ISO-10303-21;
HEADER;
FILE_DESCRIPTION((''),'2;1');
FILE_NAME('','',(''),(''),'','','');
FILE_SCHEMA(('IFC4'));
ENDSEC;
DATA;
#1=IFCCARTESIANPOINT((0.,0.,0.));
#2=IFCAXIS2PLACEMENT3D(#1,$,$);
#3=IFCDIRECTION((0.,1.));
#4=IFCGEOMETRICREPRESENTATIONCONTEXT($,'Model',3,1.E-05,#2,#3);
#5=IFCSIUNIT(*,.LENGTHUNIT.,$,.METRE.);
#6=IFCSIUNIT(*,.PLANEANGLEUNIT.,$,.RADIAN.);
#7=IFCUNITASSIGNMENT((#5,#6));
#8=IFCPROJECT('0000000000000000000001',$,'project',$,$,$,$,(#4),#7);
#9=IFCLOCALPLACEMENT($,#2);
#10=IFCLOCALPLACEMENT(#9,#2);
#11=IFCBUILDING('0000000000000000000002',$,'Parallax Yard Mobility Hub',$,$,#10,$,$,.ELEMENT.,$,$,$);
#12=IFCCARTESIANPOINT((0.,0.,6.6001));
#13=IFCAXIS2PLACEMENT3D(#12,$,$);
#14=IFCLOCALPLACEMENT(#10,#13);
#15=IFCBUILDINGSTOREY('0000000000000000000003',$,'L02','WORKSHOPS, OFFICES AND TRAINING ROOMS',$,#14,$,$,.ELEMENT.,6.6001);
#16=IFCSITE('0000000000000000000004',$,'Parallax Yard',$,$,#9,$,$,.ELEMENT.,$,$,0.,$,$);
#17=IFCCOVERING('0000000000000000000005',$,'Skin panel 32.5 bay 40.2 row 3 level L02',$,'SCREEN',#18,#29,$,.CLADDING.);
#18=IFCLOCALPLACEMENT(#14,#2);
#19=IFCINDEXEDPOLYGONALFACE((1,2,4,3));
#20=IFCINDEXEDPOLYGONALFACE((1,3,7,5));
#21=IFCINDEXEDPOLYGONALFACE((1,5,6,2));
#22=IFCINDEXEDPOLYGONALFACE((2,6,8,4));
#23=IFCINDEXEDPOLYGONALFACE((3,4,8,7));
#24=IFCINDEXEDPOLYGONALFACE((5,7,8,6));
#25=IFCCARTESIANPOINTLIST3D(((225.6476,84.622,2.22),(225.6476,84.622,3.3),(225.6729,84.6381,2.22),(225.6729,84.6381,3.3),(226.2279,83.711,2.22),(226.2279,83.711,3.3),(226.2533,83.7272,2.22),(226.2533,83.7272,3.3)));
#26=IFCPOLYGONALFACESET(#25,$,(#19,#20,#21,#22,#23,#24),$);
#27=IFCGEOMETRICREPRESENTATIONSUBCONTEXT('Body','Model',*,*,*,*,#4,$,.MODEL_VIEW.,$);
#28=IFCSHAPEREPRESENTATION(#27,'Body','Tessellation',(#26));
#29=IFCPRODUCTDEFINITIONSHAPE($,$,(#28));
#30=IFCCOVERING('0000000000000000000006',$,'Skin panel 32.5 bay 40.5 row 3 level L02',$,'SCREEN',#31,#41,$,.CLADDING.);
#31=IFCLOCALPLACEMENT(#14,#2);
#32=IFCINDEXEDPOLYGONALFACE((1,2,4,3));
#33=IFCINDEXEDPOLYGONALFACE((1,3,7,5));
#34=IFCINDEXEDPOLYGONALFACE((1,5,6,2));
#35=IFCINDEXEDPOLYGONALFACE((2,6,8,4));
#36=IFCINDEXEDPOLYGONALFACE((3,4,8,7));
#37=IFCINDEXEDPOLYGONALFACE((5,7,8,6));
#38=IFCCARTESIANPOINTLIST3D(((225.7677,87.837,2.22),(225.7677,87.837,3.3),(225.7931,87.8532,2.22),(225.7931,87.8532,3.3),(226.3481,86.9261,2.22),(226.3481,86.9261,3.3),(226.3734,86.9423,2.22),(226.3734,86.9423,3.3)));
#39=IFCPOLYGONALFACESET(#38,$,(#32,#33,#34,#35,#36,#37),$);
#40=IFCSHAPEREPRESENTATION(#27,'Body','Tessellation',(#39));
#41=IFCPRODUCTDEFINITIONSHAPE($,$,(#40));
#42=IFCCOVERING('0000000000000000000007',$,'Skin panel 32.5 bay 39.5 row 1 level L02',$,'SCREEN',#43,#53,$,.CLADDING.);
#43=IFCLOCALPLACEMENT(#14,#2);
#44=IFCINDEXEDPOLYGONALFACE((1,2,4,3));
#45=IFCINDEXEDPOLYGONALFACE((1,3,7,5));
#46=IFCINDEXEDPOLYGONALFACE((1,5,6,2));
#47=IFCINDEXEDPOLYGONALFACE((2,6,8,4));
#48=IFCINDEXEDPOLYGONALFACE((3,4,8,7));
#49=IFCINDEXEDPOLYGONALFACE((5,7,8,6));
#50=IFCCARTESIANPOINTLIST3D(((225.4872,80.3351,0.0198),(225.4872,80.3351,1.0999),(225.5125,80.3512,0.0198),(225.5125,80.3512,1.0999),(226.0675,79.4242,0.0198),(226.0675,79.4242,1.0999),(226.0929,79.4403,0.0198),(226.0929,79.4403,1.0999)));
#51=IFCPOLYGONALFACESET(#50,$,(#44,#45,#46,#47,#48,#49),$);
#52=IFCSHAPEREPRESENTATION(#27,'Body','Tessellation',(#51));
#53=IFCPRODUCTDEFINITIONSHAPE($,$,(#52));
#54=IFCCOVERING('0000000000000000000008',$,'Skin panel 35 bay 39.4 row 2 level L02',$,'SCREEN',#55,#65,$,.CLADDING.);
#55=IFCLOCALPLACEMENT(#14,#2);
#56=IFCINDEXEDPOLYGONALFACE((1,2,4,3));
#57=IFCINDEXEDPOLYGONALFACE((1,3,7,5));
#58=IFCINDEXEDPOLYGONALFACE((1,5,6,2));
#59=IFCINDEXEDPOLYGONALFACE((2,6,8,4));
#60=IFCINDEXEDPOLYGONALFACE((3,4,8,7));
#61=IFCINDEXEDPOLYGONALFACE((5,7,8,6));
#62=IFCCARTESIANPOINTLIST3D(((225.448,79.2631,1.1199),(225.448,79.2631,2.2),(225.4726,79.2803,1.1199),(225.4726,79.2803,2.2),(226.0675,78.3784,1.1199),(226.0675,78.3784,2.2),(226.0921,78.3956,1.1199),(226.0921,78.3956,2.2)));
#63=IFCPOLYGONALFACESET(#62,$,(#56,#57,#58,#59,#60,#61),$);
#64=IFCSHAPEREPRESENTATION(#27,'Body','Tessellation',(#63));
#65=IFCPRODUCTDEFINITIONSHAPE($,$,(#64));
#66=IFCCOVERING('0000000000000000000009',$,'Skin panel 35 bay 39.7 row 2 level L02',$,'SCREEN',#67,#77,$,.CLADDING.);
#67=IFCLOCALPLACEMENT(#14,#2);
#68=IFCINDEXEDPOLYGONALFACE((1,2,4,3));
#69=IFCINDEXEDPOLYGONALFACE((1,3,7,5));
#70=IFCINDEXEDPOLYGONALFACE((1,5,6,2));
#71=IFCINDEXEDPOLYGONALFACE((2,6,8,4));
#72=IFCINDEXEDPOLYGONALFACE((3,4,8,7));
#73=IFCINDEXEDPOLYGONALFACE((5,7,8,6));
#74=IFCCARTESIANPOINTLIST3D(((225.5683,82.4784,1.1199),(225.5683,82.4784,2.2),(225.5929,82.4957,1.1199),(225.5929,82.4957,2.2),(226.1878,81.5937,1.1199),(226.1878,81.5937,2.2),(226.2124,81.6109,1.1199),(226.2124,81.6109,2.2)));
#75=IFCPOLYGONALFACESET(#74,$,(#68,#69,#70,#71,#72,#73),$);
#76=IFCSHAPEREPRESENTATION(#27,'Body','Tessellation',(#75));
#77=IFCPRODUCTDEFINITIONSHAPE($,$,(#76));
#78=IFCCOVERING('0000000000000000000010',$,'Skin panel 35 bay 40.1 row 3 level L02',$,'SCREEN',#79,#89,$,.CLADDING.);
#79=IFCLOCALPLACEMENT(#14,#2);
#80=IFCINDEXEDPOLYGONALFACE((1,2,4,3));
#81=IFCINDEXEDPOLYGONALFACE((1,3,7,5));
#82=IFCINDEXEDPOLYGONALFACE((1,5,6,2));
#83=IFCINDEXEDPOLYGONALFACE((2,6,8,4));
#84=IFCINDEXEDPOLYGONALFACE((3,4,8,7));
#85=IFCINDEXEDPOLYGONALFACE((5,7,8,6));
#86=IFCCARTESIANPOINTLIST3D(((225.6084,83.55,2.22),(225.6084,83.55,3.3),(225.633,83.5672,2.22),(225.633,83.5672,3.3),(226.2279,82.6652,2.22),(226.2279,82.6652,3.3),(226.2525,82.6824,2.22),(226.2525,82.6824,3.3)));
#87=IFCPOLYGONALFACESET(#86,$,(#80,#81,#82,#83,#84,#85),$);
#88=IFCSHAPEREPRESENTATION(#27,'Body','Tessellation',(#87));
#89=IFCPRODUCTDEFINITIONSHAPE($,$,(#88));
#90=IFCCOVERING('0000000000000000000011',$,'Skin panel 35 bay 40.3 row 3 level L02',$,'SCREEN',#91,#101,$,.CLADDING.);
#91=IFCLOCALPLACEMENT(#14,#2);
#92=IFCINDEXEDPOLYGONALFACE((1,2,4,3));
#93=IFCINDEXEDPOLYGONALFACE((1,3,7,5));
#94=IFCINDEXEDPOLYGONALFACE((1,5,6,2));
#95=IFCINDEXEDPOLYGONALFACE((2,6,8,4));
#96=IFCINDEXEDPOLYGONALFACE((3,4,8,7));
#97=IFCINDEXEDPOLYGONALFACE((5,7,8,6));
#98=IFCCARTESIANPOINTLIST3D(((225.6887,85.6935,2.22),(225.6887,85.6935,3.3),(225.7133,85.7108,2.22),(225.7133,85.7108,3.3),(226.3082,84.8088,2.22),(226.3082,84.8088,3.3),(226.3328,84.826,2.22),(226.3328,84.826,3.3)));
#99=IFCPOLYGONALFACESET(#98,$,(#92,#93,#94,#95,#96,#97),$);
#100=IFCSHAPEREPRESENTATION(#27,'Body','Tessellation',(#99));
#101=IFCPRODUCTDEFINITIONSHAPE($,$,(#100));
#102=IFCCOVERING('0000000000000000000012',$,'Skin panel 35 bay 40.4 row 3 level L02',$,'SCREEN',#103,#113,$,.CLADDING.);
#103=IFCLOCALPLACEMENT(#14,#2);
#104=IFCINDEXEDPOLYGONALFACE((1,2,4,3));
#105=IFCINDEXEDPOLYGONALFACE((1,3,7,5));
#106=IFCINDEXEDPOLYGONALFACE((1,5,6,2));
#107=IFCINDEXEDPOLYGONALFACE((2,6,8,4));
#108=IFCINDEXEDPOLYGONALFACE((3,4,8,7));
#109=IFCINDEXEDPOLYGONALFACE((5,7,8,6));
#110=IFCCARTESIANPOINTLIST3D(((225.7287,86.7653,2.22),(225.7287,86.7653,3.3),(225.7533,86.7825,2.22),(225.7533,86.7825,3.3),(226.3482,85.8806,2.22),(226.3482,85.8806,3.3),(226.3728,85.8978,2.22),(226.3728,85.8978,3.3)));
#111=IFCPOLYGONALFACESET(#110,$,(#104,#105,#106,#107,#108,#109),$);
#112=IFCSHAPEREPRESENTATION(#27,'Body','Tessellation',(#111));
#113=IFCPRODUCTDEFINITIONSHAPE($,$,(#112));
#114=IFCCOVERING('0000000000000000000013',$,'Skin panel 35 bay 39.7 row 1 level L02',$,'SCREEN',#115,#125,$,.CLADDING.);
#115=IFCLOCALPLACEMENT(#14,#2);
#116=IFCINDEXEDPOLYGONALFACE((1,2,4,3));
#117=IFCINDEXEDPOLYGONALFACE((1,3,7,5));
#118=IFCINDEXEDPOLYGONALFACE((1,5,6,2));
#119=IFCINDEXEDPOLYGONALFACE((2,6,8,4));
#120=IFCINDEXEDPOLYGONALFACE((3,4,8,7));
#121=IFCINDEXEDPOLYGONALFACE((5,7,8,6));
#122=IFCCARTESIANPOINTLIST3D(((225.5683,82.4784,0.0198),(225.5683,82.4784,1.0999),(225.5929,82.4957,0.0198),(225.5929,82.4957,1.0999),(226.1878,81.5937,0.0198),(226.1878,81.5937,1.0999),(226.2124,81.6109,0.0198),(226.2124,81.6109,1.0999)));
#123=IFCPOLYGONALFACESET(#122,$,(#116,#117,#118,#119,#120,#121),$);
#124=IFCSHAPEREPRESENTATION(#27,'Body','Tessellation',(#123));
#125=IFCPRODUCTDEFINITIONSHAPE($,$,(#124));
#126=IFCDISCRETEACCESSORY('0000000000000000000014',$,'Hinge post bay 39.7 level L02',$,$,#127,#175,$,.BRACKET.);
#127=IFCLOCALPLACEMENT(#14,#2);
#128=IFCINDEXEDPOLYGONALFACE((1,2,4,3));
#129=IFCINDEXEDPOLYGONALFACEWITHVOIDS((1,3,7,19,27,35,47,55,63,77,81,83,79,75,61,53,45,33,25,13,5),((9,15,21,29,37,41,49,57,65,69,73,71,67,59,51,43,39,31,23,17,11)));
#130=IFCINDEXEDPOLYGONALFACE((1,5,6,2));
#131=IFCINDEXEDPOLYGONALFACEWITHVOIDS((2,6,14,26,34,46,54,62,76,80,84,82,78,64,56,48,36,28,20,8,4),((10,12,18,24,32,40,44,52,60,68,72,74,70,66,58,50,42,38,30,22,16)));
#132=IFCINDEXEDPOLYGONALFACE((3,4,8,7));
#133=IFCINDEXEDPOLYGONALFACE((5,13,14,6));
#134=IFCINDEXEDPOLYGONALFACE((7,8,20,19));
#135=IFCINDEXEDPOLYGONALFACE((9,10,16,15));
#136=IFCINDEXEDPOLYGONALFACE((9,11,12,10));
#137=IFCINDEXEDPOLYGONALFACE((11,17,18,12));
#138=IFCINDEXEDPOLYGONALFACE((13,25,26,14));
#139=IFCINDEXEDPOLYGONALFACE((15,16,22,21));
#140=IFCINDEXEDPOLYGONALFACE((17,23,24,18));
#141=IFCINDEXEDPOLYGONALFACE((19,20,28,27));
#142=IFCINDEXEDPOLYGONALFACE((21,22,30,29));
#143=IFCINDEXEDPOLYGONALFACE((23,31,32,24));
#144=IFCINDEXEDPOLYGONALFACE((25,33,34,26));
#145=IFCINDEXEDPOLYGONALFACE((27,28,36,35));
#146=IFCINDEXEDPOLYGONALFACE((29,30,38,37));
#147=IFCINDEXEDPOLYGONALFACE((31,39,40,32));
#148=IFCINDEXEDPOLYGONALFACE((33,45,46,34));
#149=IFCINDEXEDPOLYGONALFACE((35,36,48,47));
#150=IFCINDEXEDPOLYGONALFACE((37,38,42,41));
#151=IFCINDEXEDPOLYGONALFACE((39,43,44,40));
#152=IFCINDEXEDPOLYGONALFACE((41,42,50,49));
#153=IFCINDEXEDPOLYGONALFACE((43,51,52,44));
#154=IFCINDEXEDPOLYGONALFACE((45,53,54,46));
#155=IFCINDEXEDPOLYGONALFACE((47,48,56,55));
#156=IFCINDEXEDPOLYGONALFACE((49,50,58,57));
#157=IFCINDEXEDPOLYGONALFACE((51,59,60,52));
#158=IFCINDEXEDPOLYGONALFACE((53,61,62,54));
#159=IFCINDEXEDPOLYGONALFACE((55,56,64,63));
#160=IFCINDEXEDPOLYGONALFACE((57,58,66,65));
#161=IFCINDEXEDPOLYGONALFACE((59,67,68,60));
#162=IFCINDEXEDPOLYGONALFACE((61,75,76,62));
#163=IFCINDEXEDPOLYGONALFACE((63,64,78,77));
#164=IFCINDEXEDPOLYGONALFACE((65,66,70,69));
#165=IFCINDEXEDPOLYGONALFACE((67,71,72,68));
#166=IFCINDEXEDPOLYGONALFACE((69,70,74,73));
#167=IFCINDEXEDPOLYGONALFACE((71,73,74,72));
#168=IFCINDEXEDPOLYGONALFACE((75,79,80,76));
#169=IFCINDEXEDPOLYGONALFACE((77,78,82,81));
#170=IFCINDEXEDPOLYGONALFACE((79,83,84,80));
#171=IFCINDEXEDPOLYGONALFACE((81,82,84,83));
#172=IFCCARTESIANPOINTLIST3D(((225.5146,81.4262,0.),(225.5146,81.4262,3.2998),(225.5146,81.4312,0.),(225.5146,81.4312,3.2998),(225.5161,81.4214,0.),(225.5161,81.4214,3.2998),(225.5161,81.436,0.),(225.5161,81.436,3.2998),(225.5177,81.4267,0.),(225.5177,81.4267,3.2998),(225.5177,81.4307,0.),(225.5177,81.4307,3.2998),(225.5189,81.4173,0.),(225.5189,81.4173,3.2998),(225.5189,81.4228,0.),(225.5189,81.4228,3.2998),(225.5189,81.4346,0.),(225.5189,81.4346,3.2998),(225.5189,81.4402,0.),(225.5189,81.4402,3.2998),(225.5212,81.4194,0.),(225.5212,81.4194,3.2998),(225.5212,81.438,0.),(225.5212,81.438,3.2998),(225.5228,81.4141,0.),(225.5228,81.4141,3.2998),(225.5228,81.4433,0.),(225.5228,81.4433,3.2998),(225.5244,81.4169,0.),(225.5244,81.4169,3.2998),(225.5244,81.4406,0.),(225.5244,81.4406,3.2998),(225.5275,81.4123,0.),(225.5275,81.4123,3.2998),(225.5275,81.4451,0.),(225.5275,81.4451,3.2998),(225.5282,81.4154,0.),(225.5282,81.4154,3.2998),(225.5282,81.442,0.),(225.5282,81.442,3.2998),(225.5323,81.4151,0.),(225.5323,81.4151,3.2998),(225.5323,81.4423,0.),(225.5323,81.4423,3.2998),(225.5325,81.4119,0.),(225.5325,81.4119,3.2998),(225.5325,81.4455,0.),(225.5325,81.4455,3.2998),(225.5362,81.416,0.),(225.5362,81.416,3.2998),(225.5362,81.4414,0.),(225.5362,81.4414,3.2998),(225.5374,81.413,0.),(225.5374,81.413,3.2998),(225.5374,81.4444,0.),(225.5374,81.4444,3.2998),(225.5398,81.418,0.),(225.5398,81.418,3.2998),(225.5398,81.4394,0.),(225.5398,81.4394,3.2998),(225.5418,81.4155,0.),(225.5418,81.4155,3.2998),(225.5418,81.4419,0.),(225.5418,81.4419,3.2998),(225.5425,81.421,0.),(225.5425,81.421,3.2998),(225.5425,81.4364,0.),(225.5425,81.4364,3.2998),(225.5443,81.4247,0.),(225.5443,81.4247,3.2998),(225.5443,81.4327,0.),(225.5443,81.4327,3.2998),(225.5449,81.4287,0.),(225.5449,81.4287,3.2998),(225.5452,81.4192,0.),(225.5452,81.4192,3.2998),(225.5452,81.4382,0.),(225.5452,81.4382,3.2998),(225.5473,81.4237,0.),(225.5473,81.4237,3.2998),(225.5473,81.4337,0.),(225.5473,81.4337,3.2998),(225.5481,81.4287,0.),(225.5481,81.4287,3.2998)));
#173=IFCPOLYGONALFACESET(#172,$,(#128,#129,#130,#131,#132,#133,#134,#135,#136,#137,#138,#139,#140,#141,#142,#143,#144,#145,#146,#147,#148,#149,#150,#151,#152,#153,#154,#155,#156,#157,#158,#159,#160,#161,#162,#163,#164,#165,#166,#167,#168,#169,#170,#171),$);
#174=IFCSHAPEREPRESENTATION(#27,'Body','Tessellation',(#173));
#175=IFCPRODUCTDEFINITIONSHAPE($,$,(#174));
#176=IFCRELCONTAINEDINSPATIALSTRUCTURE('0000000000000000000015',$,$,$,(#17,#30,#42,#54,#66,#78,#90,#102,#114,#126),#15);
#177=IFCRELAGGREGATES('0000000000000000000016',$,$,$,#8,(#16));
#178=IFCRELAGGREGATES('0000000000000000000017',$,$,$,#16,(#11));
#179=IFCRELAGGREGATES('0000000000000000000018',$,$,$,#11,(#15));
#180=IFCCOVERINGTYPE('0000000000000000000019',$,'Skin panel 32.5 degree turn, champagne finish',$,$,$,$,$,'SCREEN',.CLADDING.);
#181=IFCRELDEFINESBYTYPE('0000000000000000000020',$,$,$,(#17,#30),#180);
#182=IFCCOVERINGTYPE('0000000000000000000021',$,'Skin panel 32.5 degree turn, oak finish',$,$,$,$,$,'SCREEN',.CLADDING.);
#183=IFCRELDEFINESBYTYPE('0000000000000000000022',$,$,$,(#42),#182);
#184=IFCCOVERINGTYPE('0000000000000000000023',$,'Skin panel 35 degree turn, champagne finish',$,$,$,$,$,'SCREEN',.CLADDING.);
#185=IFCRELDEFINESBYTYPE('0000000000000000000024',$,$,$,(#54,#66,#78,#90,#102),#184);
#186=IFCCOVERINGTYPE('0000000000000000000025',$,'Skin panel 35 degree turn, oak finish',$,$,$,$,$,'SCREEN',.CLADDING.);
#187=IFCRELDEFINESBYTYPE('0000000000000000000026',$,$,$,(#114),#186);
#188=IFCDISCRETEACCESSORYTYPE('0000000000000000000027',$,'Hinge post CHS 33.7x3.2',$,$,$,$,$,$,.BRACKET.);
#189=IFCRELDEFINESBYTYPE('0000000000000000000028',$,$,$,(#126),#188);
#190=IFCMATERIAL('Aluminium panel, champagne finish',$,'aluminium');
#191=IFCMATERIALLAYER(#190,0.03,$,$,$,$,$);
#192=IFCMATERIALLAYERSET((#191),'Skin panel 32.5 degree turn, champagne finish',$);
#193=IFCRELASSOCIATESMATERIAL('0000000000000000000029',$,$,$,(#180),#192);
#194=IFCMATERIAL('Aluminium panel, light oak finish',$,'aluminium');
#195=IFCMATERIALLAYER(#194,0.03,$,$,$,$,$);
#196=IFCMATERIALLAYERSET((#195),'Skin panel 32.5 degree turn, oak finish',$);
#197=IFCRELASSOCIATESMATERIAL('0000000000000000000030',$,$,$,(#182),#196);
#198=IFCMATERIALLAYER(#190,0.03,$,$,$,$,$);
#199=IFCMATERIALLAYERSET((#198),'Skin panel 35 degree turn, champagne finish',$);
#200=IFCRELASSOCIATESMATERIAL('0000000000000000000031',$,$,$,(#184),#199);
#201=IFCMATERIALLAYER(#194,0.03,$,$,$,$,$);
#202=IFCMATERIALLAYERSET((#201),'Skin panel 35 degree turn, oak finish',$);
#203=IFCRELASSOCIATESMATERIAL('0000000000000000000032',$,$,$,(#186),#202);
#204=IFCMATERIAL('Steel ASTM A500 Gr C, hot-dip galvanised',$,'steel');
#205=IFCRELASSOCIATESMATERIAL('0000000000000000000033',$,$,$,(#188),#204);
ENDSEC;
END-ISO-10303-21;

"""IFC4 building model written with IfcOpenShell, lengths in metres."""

from ifc_helpers import new_model, si_unit, direction, frame, origin, origin_2d, place, context, subcontext, project, spatial, rectangle, hollow_circle, extrude, material, layer, layer_set, material_profile, profile_set, type_object, element, save


model = new_model("IFC4")

# Units and contexts
model_context = context("Model", 3, precision=1e-05, world=origin(), true_north=direction((0.0, 1.0)))
body_context = subcontext(model_context, "Body", "Model", "MODEL_VIEW")
ifc_project = project(units=[si_unit("LENGTHUNIT", "METRE"), si_unit("PLANEANGLEUNIT", "RADIAN")], contexts=[model_context])

# Site, building, storey
site_placement = place(None, origin())
site = spatial("IfcSite", under=ifc_project, at=site_placement, Name="Parallax Yard", CompositionType="ELEMENT", RefElevation=0.0)
building_placement = place(site_placement, origin())
building = spatial("IfcBuilding", under=site, at=building_placement, Name="Parallax Yard Mobility Hub", CompositionType="ELEMENT")
storey_placement = place(building_placement, frame((0.0, 0.0, 6.6001)))
storey = spatial("IfcBuildingStorey", under=building, at=storey_placement, Name="L02", Description="WORKSHOPS, OFFICES AND TRAINING ROOMS", CompositionType="ELEMENT", Elevation=6.6001)

# Coverings
ifc_material_1 = material(Name="Aluminium panel, champagne finish", Category="aluminium")
ifc_material_2 = material(Name="Aluminium panel, light oak finish", Category="aluminium")
ifc_layer_1 = layer(ifc_material_1, 0.03)
ifc_layer_set_1 = layer_set([ifc_layer_1], Name="Skin panel 32.5 degree turn, champagne finish")
covering_type_1 = type_object("IfcCoveringType", Name="Skin panel 32.5 degree turn, champagne finish", ElementType="SCREEN", PredefinedType="CLADDING", material=ifc_layer_set_1)
for number, where, z_axis, x_axis, name in (
    (1, (225.9504, 84.1746, 2.22), (0.0, 0.0, 1.0), (0.5373, -0.843391, 0.0), "Skin panel 32.5 bay 40.2 row 3 level L02"),
    (2, (226.0706, 87.3896, 2.22), (0.0, 0.0, 1.0), (0.5373, -0.843391, 0.0), "Skin panel 32.5 bay 40.5 row 3 level L02"),
):
    element("IfcCovering", number, at=place(storey_placement, frame(where, z_axis=z_axis, x_axis=x_axis)), inside=storey, type_object=covering_type_1, Name=name, ObjectType="SCREEN", PredefinedType="CLADDING", context=body_context, shape_type="SweptSolid", body=[
        extrude(rectangle(XDim=1.0801, YDim=0.03, at=origin_2d()), origin(), (0.0, 0.0, 1.0), 1.0801),
    ])
ifc_layer_2 = layer(ifc_material_2, 0.03)
ifc_layer_set_2 = layer_set([ifc_layer_2], Name="Skin panel 32.5 degree turn, oak finish")
covering_type_2 = type_object("IfcCoveringType", Name="Skin panel 32.5 degree turn, oak finish", ElementType="SCREEN", PredefinedType="CLADDING", material=ifc_layer_set_2)
covering_1_placement = place(storey_placement, frame((225.79, 79.8877, 0.0198), z_axis=(0.0, 0.0, 1.0), x_axis=(0.5373, -0.843391, 0.0)))
element("IfcCovering", 3, at=covering_1_placement, inside=storey, type_object=covering_type_2, Name="Skin panel 32.5 bay 39.5 row 1 level L02", ObjectType="SCREEN", PredefinedType="CLADDING", context=body_context, shape_type="SweptSolid", body=[
    extrude(rectangle(XDim=1.0801, YDim=0.03, at=origin_2d()), origin(), (0.0, 0.0, 1.0), 1.0801),
])
ifc_layer_3 = layer(ifc_material_1, 0.03)
ifc_layer_set_3 = layer_set([ifc_layer_3], Name="Skin panel 35 degree turn, champagne finish")
covering_type_3 = type_object("IfcCoveringType", Name="Skin panel 35 degree turn, champagne finish", ElementType="SCREEN", PredefinedType="CLADDING", material=ifc_layer_set_3)
for number, where, z_axis, x_axis, name in (
    (4, (225.77, 78.8293, 1.1199), (0.0, 0.0, 1.0), (0.573576, -0.819152, 0.0), "Skin panel 35 bay 39.4 row 2 level L02"),
    (5, (225.8904, 82.0447, 1.1199), (0.0, 0.0, 1.0), (0.573576, -0.819152, 0.0), "Skin panel 35 bay 39.7 row 2 level L02"),
    (6, (225.9304, 83.1162, 2.22), (0.0, 0.0, 1.0), (0.573576, -0.819152, 0.0), "Skin panel 35 bay 40.1 row 3 level L02"),
    (7, (226.0107, 85.2598, 2.22), (0.0, 0.0, 1.0), (0.573576, -0.819152, 0.0), "Skin panel 35 bay 40.3 row 3 level L02"),
    (8, (226.0508, 86.3315, 2.22), (0.0, 0.0, 1.0), (0.573576, -0.819152, 0.0), "Skin panel 35 bay 40.4 row 3 level L02"),
):
    element("IfcCovering", number, at=place(storey_placement, frame(where, z_axis=z_axis, x_axis=x_axis)), inside=storey, type_object=covering_type_3, Name=name, ObjectType="SCREEN", PredefinedType="CLADDING", context=body_context, shape_type="SweptSolid", body=[
        extrude(rectangle(XDim=1.0801, YDim=0.03, at=origin_2d()), origin(), (0.0, 0.0, 1.0), 1.0801),
    ])
ifc_layer_4 = layer(ifc_material_2, 0.03)
ifc_layer_set_4 = layer_set([ifc_layer_4], Name="Skin panel 35 degree turn, oak finish")
covering_type_4 = type_object("IfcCoveringType", Name="Skin panel 35 degree turn, oak finish", ElementType="SCREEN", PredefinedType="CLADDING", material=ifc_layer_set_4)
covering_2_placement = place(storey_placement, frame((225.8904, 82.0447, 0.0198), z_axis=(0.0, 0.0, 1.0), x_axis=(0.573576, -0.819152, 0.0)))
element("IfcCovering", 9, at=covering_2_placement, inside=storey, type_object=covering_type_4, Name="Skin panel 35 bay 39.7 row 1 level L02", ObjectType="SCREEN", PredefinedType="CLADDING", context=body_context, shape_type="SweptSolid", body=[
    extrude(rectangle(XDim=1.0801, YDim=0.03, at=origin_2d()), origin(), (0.0, 0.0, 1.0), 1.0801),
])

# Discrete accessory
ifc_material_3 = material(Name="Steel ASTM A500 Gr C, hot-dip galvanised", Category="steel")
ifc_material_profile = material_profile(ifc_material_3, hollow_circle(Radius=0.0168, WallThickness=0.0032, at=origin_2d()), Name="CHS 33.7x3.2")
ifc_profile_set = profile_set([ifc_material_profile], Name="Steel ASTM A500 Gr C, hot-dip galvanised")
discrete_accessory_type = type_object("IfcDiscreteAccessoryType", Name="Hinge post CHS 33.7x3.2", PredefinedType="BRACKET", material=ifc_profile_set)
for number, where, z_axis, x_axis, name in (
    (10, (225.5312, 81.4287, 0.0), (0.0, 0.0, 1.0), (1.0, 0.0, 0.0), "Hinge post bay 39.7 level L02"),
):
    element("IfcDiscreteAccessory", number, at=place(storey_placement, frame(where, z_axis=z_axis, x_axis=x_axis)), inside=storey, type_object=discrete_accessory_type, Name=name, PredefinedType="BRACKET", context=body_context, shape_type="SweptSolid", body=[
        extrude(hollow_circle(Radius=0.0168, WallThickness=0.0032, at=origin_2d()), origin(), (0.0, 0.0, 1.0), 3.2998),
    ])

save(model, "model.ifc")
